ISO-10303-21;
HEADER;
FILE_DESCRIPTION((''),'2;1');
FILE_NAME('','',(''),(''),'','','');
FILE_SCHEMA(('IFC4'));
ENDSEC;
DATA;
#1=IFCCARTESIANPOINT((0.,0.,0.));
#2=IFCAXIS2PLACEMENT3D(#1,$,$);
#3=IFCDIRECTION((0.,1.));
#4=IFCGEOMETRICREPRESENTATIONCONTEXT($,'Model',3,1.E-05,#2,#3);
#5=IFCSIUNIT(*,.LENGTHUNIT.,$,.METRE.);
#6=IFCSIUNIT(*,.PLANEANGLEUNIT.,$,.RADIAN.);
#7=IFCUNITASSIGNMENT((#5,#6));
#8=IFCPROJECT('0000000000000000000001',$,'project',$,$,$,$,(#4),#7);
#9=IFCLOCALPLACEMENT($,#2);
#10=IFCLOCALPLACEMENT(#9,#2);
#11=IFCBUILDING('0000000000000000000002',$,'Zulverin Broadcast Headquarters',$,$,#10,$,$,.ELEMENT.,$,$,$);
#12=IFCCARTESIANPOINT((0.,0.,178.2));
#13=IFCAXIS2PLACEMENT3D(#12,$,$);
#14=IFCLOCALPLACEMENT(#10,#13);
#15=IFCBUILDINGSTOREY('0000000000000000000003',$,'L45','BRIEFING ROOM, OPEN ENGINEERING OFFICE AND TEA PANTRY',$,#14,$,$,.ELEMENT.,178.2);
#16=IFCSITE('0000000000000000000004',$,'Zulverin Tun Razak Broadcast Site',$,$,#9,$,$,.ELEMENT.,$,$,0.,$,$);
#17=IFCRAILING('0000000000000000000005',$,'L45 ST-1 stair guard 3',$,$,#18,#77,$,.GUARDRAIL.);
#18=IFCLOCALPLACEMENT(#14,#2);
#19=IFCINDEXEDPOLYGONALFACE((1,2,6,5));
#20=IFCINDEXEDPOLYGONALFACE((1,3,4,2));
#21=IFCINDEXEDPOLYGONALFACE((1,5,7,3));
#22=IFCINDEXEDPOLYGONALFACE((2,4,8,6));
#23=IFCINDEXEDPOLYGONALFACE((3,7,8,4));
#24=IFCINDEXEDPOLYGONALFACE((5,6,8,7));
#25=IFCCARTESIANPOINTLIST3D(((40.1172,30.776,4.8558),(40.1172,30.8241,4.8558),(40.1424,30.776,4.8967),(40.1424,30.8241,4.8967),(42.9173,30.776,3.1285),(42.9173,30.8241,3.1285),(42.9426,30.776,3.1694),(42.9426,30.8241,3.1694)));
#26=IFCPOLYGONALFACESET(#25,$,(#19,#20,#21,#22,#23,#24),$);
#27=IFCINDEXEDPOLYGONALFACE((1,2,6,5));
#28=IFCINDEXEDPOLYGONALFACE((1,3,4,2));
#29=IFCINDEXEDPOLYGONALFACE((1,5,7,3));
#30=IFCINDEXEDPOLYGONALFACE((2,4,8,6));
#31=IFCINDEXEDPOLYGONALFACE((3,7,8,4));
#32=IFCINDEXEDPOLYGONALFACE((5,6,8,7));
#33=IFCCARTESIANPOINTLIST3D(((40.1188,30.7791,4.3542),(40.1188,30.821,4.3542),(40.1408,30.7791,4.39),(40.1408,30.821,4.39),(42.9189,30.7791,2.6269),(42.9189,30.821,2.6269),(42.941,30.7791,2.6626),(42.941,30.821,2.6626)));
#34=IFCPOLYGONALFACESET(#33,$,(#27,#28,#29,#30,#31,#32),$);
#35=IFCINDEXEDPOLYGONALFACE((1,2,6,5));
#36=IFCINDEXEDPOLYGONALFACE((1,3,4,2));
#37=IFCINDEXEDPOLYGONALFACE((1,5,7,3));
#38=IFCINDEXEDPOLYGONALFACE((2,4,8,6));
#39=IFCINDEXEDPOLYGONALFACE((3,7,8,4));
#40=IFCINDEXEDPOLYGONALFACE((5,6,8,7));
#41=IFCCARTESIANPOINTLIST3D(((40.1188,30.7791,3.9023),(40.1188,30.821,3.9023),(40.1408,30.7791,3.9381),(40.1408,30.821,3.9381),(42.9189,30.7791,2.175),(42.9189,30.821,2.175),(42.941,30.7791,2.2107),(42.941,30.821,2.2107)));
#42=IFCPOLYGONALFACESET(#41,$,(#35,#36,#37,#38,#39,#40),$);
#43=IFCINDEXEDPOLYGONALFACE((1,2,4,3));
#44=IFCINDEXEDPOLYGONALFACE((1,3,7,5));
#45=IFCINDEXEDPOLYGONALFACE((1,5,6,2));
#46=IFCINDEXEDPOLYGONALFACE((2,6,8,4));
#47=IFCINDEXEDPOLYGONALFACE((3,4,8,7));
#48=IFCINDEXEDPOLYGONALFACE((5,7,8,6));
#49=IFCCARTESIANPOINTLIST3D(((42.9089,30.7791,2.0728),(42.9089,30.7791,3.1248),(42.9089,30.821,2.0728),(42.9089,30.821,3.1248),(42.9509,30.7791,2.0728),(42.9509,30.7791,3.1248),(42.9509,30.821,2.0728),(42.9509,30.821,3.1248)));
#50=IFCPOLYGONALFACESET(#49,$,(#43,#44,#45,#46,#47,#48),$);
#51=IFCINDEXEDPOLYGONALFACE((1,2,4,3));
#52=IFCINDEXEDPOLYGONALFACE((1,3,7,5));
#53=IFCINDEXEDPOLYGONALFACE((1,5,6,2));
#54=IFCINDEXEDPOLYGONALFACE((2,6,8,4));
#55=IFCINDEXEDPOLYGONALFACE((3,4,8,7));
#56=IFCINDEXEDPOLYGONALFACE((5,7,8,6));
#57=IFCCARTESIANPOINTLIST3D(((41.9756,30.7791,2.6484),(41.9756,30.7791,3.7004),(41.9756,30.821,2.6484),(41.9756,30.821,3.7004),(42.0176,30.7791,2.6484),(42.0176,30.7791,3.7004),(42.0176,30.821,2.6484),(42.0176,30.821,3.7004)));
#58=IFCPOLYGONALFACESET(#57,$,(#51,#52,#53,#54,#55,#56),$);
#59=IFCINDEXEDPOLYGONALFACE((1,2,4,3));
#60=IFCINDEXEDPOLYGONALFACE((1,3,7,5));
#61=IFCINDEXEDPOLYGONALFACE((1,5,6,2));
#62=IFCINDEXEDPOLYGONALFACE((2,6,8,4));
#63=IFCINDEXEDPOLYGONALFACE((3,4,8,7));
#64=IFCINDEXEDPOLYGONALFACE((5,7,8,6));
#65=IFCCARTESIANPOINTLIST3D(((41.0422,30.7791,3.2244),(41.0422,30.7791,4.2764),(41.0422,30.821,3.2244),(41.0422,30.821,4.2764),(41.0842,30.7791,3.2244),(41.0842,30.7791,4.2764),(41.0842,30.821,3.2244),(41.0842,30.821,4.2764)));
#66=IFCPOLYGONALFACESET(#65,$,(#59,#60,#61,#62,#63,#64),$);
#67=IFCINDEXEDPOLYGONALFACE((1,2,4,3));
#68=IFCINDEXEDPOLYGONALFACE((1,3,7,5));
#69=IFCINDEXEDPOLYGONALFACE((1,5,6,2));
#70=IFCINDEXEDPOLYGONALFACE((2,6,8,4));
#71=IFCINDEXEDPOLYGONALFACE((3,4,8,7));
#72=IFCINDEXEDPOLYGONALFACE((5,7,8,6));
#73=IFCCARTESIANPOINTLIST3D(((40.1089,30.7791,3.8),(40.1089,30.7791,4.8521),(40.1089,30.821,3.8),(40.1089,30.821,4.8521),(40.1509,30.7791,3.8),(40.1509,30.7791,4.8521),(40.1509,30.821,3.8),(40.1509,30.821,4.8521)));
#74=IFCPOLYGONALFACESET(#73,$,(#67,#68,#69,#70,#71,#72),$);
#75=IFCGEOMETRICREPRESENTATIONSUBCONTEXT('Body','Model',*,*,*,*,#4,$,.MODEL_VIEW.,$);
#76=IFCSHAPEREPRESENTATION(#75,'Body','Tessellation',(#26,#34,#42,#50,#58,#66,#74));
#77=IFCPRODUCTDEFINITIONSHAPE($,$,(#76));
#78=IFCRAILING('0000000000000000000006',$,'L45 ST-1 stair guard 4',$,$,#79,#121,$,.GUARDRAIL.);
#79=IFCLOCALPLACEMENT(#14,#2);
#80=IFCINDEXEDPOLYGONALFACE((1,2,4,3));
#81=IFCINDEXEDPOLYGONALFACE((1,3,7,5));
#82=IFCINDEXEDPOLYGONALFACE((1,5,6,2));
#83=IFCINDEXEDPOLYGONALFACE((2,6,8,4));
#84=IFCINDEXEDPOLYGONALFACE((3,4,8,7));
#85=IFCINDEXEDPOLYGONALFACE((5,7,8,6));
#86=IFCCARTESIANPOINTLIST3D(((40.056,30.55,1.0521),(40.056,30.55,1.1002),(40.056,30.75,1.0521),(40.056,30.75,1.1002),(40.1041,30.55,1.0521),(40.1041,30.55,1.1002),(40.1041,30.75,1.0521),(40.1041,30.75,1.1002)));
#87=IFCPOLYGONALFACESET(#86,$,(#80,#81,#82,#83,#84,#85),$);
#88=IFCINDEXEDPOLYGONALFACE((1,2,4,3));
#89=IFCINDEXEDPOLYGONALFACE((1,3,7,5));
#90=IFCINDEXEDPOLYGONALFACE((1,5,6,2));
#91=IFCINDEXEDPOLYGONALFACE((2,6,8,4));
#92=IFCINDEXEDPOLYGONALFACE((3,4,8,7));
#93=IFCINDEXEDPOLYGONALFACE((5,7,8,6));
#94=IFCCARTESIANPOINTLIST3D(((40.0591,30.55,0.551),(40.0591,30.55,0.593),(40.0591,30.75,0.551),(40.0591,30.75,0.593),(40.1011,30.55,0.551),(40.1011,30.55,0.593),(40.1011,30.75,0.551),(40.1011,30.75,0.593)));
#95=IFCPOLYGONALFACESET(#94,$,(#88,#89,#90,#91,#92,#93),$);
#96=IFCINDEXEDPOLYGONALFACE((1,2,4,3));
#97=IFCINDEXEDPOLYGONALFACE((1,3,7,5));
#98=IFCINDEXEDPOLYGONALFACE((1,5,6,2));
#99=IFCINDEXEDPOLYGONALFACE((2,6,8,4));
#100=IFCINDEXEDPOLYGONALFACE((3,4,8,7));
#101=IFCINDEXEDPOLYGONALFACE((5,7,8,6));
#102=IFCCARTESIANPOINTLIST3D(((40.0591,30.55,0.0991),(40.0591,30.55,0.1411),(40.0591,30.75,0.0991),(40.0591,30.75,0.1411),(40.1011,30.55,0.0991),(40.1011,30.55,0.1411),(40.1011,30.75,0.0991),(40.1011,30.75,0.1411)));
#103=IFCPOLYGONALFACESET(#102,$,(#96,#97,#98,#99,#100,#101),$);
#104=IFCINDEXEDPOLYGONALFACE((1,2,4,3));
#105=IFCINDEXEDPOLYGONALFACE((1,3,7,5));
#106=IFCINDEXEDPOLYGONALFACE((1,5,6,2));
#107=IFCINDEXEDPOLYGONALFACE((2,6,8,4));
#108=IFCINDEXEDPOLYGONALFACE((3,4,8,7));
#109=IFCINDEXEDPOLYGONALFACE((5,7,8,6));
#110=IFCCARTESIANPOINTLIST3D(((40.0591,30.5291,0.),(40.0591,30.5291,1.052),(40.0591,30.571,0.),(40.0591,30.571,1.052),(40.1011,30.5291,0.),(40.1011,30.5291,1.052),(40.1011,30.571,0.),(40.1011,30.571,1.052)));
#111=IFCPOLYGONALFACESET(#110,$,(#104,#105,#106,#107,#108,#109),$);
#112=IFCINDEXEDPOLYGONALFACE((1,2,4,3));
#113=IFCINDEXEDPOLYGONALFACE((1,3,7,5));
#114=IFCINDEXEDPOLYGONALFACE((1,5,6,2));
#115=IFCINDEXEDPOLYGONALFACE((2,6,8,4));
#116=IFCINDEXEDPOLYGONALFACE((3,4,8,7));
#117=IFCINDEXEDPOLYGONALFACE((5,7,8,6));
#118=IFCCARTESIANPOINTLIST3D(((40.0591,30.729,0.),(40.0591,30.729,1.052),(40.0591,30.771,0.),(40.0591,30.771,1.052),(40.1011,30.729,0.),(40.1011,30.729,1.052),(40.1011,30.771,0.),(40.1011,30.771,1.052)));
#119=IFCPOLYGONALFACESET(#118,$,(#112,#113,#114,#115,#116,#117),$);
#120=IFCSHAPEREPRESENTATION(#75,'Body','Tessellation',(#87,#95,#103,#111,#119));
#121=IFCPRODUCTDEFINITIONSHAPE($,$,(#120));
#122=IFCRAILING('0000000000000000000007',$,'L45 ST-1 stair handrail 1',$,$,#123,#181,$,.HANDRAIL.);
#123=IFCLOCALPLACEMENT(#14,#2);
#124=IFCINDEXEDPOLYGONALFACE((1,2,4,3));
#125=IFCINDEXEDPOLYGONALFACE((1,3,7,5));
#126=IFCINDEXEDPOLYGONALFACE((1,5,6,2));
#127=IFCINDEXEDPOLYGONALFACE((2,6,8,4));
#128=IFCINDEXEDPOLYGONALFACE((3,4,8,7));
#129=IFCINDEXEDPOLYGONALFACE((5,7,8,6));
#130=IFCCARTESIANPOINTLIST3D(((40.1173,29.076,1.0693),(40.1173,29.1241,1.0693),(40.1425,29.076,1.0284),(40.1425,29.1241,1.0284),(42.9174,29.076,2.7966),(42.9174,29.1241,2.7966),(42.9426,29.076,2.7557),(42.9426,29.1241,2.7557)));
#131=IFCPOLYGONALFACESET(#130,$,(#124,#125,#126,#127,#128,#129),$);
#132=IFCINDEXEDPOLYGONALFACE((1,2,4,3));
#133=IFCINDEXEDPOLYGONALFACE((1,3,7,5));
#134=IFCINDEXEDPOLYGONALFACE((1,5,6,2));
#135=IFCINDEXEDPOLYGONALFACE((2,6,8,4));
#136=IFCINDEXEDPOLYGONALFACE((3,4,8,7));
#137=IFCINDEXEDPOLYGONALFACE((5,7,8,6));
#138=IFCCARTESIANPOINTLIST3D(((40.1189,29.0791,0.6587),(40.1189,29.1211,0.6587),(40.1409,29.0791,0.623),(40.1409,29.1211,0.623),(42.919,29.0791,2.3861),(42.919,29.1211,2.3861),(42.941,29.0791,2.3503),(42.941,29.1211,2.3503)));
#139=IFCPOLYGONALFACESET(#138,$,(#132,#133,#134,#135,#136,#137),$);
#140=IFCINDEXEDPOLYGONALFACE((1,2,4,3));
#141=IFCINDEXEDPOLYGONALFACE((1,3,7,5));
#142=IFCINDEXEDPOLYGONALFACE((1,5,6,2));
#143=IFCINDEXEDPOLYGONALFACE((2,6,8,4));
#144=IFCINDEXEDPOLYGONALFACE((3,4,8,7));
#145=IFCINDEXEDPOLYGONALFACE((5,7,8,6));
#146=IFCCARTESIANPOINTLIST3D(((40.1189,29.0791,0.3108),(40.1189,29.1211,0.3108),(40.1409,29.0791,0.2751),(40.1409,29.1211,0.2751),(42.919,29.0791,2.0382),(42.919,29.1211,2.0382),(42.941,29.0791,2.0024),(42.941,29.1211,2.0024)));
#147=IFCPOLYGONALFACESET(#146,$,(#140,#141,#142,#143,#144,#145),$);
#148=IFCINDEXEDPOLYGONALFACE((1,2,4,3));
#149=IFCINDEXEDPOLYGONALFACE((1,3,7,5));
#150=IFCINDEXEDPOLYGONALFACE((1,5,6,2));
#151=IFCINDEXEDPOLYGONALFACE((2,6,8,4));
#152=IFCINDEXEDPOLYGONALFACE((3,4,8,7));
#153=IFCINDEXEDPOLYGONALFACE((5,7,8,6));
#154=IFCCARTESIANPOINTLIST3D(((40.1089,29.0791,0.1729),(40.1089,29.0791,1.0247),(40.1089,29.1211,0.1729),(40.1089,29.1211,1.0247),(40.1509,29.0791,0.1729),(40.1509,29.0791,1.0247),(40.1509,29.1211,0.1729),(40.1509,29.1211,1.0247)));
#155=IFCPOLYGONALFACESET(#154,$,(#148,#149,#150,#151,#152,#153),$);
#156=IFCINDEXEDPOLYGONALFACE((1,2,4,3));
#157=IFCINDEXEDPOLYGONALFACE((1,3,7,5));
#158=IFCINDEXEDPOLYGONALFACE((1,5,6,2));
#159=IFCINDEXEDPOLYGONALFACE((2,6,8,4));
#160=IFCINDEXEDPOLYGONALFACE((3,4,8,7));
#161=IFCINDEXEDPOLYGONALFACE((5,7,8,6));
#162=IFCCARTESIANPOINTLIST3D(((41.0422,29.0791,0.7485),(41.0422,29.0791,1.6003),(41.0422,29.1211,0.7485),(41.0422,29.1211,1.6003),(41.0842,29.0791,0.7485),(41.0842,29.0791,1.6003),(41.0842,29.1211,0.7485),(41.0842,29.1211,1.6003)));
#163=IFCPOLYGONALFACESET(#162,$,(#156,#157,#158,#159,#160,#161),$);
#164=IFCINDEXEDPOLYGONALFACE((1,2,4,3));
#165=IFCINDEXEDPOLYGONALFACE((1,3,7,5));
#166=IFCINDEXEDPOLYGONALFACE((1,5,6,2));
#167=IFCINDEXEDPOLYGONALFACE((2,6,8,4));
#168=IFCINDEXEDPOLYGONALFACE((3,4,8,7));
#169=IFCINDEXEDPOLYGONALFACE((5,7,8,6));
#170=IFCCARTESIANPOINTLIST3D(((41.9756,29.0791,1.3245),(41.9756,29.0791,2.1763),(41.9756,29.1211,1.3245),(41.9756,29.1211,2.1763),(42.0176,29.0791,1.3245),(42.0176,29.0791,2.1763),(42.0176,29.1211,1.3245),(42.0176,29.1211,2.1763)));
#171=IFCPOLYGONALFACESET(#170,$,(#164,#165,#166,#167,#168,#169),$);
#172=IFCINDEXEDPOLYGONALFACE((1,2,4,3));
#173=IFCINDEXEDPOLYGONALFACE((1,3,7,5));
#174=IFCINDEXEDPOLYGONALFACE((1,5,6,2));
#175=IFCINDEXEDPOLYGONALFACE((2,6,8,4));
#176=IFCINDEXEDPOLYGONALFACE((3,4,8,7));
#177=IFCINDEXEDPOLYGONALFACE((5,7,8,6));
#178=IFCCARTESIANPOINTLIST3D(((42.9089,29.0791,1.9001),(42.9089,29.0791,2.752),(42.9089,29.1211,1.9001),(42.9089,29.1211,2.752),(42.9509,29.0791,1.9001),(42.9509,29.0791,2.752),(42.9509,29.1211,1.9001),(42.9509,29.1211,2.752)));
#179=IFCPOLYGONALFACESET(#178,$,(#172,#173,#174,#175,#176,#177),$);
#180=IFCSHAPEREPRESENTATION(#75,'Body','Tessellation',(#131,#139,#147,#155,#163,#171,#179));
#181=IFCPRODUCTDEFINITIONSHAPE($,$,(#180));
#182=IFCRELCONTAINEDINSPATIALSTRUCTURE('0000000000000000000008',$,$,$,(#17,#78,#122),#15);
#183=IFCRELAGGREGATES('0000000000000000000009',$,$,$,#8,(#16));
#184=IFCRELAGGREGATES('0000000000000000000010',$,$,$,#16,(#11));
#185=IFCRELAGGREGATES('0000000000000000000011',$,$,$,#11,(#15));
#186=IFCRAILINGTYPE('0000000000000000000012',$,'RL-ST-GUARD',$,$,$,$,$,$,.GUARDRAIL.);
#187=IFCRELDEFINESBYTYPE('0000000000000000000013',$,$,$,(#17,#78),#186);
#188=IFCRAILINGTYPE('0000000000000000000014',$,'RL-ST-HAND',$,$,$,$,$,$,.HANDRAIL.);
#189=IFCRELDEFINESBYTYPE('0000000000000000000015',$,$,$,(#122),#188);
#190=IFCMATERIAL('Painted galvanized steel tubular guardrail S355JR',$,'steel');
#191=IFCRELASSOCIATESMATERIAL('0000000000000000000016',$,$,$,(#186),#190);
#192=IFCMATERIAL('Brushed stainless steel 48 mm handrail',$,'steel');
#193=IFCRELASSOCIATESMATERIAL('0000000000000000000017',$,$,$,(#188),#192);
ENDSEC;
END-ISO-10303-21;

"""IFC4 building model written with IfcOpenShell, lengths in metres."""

from ifc_helpers import new_model, si_unit, direction, frame, origin, origin_2d, place, context, subcontext, project, spatial, rectangle, extrude, material, type_object, element, save


model = new_model("IFC4")

# Units and contexts
model_context = context("Model", 3, precision=1e-05, world=origin(), true_north=direction((0.0, 1.0)))
body_context = subcontext(model_context, "Body", "Model", "MODEL_VIEW")
ifc_project = project(units=[si_unit("LENGTHUNIT", "METRE"), si_unit("PLANEANGLEUNIT", "RADIAN")], contexts=[model_context])

# Site, building, storey
site_placement = place(None, origin())
site = spatial("IfcSite", under=ifc_project, at=site_placement, Name="Zulverin Tun Razak Broadcast Site", CompositionType="ELEMENT", RefElevation=0.0)
building_placement = place(site_placement, origin())
building = spatial("IfcBuilding", under=site, at=building_placement, Name="Zulverin Broadcast Headquarters", CompositionType="ELEMENT")
storey_placement = place(building_placement, frame((0.0, 0.0, 178.2)))
storey = spatial("IfcBuildingStorey", under=building, at=storey_placement, Name="L45", Description="BRIEFING ROOM, OPEN ENGINEERING OFFICE AND TEA PANTRY", CompositionType="ELEMENT", Elevation=178.2)

# Railings
ifc_material_1 = material(Name="Painted galvanized steel tubular guardrail S355JR", Category="steel")
railing_type_1 = type_object("IfcRailingType", Name="RL-ST-GUARD", PredefinedType="GUARDRAIL", material=ifc_material_1)
railing_1_placement = place(storey_placement, frame((42.9299, 30.8, 2.0728)))
element("IfcRailing", 1, at=railing_1_placement, inside=storey, type_object=railing_type_1, Name="L45 ST-1 stair guard 3", PredefinedType="GUARDRAIL", context=body_context, shape_type="SweptSolid", body=[
    extrude(rectangle(XDim=0.0481, YDim=0.0481, at=origin_2d()), frame((0.0, 0.0, 1.0762), z_axis=(-0.85109, 0.0, 0.52502), x_axis=(0.0, -1.0, 0.0)), (0.0, 0.0, 1.0), 3.29),
    extrude(rectangle(XDim=0.042, YDim=0.042, at=origin_2d()), frame((0.0, 0.0, 0.572), z_axis=(-0.85109, 0.0, 0.52502), x_axis=(0.0, -1.0, 0.0)), (0.0, 0.0, 1.0), 3.29),
    extrude(rectangle(XDim=0.042, YDim=0.042, at=origin_2d()), frame((0.0, 0.0, 0.1201), z_axis=(-0.85109, 0.0, 0.52502), x_axis=(0.0, -1.0, 0.0)), (0.0, 0.0, 1.0), 3.29),
    extrude(rectangle(XDim=0.042, YDim=0.042, at=origin_2d()), origin(), (0.0, 0.0, 1.0), 1.052),
    extrude(rectangle(XDim=0.042, YDim=0.042, at=origin_2d()), frame((-0.9333, 0.0, 0.5757)), (0.0, 0.0, 1.0), 1.052),
    extrude(rectangle(XDim=0.042, YDim=0.042, at=origin_2d()), frame((-1.8667, 0.0, 1.1516)), (0.0, 0.0, 1.0), 1.052),
    extrude(rectangle(XDim=0.042, YDim=0.042, at=origin_2d()), frame((-2.8, 0.0, 1.7273)), (0.0, 0.0, 1.0), 1.052),
])
railing_2_placement = place(storey_placement, frame((40.0801, 30.55, 0.0)))
element("IfcRailing", 2, at=railing_2_placement, inside=storey, type_object=railing_type_1, Name="L45 ST-1 stair guard 4", PredefinedType="GUARDRAIL", context=body_context, shape_type="SweptSolid", body=[
    extrude(rectangle(XDim=0.0481, YDim=0.0481, at=origin_2d()), frame((0.0, 0.0, 1.0762), z_axis=(0.0, 1.0, 0.0), x_axis=(-1.0, 0.0, 0.0)), (0.0, 0.0, 1.0), 0.2),
    extrude(rectangle(XDim=0.042, YDim=0.042, at=origin_2d()), frame((0.0, 0.0, 0.572), z_axis=(0.0, 1.0, 0.0), x_axis=(-1.0, 0.0, 0.0)), (0.0, 0.0, 1.0), 0.2),
    extrude(rectangle(XDim=0.042, YDim=0.042, at=origin_2d()), frame((0.0, 0.0, 0.1201), z_axis=(0.0, 1.0, 0.0), x_axis=(-1.0, 0.0, 0.0)), (0.0, 0.0, 1.0), 0.2),
    extrude(rectangle(XDim=0.042, YDim=0.042, at=origin_2d()), origin(), (0.0, 0.0, 1.0), 1.052),
    extrude(rectangle(XDim=0.042, YDim=0.042, at=origin_2d()), frame((0.0, 0.2, 0.0)), (0.0, 0.0, 1.0), 1.052),
])
ifc_material_2 = material(Name="Brushed stainless steel 48 mm handrail", Category="steel")
railing_type_2 = type_object("IfcRailingType", Name="RL-ST-HAND", PredefinedType="HANDRAIL", material=ifc_material_2)
railing_3_placement = place(storey_placement, frame((40.1299, 29.1001, 0.1729)))
element("IfcRailing", 3, at=railing_3_placement, inside=storey, type_object=railing_type_2, Name="L45 ST-1 stair handrail 1", PredefinedType="HANDRAIL", context=body_context, shape_type="SweptSolid", body=[
    extrude(rectangle(XDim=0.0481, YDim=0.0481, at=origin_2d()), frame((0.0, 0.0, 0.876), z_axis=(0.85109, 0.0, 0.52502), x_axis=(0.0, 1.0, 0.0)), (0.0, 0.0, 1.0), 3.29),
    extrude(rectangle(XDim=0.042, YDim=0.042, at=origin_2d()), frame((0.0, 0.0, 0.468), z_axis=(0.85109, 0.0, 0.52502), x_axis=(0.0, 1.0, 0.0)), (0.0, 0.0, 1.0), 3.29),
    extrude(rectangle(XDim=0.042, YDim=0.042, at=origin_2d()), frame((0.0, 0.0, 0.1201), z_axis=(0.85109, 0.0, 0.52502), x_axis=(0.0, 1.0, 0.0)), (0.0, 0.0, 1.0), 3.29),
    extrude(rectangle(XDim=0.042, YDim=0.042, at=origin_2d()), origin(), (0.0, 0.0, 1.0), 0.8518),
    extrude(rectangle(XDim=0.042, YDim=0.042, at=origin_2d()), frame((0.9333, 0.0, 0.5757)), (0.0, 0.0, 1.0), 0.8518),
    extrude(rectangle(XDim=0.042, YDim=0.042, at=origin_2d()), frame((1.8667, 0.0, 1.1516)), (0.0, 0.0, 1.0), 0.8518),
    extrude(rectangle(XDim=0.042, YDim=0.042, at=origin_2d()), frame((2.8, 0.0, 1.7273)), (0.0, 0.0, 1.0), 0.8518),
])

save(model, "model.ifc")
